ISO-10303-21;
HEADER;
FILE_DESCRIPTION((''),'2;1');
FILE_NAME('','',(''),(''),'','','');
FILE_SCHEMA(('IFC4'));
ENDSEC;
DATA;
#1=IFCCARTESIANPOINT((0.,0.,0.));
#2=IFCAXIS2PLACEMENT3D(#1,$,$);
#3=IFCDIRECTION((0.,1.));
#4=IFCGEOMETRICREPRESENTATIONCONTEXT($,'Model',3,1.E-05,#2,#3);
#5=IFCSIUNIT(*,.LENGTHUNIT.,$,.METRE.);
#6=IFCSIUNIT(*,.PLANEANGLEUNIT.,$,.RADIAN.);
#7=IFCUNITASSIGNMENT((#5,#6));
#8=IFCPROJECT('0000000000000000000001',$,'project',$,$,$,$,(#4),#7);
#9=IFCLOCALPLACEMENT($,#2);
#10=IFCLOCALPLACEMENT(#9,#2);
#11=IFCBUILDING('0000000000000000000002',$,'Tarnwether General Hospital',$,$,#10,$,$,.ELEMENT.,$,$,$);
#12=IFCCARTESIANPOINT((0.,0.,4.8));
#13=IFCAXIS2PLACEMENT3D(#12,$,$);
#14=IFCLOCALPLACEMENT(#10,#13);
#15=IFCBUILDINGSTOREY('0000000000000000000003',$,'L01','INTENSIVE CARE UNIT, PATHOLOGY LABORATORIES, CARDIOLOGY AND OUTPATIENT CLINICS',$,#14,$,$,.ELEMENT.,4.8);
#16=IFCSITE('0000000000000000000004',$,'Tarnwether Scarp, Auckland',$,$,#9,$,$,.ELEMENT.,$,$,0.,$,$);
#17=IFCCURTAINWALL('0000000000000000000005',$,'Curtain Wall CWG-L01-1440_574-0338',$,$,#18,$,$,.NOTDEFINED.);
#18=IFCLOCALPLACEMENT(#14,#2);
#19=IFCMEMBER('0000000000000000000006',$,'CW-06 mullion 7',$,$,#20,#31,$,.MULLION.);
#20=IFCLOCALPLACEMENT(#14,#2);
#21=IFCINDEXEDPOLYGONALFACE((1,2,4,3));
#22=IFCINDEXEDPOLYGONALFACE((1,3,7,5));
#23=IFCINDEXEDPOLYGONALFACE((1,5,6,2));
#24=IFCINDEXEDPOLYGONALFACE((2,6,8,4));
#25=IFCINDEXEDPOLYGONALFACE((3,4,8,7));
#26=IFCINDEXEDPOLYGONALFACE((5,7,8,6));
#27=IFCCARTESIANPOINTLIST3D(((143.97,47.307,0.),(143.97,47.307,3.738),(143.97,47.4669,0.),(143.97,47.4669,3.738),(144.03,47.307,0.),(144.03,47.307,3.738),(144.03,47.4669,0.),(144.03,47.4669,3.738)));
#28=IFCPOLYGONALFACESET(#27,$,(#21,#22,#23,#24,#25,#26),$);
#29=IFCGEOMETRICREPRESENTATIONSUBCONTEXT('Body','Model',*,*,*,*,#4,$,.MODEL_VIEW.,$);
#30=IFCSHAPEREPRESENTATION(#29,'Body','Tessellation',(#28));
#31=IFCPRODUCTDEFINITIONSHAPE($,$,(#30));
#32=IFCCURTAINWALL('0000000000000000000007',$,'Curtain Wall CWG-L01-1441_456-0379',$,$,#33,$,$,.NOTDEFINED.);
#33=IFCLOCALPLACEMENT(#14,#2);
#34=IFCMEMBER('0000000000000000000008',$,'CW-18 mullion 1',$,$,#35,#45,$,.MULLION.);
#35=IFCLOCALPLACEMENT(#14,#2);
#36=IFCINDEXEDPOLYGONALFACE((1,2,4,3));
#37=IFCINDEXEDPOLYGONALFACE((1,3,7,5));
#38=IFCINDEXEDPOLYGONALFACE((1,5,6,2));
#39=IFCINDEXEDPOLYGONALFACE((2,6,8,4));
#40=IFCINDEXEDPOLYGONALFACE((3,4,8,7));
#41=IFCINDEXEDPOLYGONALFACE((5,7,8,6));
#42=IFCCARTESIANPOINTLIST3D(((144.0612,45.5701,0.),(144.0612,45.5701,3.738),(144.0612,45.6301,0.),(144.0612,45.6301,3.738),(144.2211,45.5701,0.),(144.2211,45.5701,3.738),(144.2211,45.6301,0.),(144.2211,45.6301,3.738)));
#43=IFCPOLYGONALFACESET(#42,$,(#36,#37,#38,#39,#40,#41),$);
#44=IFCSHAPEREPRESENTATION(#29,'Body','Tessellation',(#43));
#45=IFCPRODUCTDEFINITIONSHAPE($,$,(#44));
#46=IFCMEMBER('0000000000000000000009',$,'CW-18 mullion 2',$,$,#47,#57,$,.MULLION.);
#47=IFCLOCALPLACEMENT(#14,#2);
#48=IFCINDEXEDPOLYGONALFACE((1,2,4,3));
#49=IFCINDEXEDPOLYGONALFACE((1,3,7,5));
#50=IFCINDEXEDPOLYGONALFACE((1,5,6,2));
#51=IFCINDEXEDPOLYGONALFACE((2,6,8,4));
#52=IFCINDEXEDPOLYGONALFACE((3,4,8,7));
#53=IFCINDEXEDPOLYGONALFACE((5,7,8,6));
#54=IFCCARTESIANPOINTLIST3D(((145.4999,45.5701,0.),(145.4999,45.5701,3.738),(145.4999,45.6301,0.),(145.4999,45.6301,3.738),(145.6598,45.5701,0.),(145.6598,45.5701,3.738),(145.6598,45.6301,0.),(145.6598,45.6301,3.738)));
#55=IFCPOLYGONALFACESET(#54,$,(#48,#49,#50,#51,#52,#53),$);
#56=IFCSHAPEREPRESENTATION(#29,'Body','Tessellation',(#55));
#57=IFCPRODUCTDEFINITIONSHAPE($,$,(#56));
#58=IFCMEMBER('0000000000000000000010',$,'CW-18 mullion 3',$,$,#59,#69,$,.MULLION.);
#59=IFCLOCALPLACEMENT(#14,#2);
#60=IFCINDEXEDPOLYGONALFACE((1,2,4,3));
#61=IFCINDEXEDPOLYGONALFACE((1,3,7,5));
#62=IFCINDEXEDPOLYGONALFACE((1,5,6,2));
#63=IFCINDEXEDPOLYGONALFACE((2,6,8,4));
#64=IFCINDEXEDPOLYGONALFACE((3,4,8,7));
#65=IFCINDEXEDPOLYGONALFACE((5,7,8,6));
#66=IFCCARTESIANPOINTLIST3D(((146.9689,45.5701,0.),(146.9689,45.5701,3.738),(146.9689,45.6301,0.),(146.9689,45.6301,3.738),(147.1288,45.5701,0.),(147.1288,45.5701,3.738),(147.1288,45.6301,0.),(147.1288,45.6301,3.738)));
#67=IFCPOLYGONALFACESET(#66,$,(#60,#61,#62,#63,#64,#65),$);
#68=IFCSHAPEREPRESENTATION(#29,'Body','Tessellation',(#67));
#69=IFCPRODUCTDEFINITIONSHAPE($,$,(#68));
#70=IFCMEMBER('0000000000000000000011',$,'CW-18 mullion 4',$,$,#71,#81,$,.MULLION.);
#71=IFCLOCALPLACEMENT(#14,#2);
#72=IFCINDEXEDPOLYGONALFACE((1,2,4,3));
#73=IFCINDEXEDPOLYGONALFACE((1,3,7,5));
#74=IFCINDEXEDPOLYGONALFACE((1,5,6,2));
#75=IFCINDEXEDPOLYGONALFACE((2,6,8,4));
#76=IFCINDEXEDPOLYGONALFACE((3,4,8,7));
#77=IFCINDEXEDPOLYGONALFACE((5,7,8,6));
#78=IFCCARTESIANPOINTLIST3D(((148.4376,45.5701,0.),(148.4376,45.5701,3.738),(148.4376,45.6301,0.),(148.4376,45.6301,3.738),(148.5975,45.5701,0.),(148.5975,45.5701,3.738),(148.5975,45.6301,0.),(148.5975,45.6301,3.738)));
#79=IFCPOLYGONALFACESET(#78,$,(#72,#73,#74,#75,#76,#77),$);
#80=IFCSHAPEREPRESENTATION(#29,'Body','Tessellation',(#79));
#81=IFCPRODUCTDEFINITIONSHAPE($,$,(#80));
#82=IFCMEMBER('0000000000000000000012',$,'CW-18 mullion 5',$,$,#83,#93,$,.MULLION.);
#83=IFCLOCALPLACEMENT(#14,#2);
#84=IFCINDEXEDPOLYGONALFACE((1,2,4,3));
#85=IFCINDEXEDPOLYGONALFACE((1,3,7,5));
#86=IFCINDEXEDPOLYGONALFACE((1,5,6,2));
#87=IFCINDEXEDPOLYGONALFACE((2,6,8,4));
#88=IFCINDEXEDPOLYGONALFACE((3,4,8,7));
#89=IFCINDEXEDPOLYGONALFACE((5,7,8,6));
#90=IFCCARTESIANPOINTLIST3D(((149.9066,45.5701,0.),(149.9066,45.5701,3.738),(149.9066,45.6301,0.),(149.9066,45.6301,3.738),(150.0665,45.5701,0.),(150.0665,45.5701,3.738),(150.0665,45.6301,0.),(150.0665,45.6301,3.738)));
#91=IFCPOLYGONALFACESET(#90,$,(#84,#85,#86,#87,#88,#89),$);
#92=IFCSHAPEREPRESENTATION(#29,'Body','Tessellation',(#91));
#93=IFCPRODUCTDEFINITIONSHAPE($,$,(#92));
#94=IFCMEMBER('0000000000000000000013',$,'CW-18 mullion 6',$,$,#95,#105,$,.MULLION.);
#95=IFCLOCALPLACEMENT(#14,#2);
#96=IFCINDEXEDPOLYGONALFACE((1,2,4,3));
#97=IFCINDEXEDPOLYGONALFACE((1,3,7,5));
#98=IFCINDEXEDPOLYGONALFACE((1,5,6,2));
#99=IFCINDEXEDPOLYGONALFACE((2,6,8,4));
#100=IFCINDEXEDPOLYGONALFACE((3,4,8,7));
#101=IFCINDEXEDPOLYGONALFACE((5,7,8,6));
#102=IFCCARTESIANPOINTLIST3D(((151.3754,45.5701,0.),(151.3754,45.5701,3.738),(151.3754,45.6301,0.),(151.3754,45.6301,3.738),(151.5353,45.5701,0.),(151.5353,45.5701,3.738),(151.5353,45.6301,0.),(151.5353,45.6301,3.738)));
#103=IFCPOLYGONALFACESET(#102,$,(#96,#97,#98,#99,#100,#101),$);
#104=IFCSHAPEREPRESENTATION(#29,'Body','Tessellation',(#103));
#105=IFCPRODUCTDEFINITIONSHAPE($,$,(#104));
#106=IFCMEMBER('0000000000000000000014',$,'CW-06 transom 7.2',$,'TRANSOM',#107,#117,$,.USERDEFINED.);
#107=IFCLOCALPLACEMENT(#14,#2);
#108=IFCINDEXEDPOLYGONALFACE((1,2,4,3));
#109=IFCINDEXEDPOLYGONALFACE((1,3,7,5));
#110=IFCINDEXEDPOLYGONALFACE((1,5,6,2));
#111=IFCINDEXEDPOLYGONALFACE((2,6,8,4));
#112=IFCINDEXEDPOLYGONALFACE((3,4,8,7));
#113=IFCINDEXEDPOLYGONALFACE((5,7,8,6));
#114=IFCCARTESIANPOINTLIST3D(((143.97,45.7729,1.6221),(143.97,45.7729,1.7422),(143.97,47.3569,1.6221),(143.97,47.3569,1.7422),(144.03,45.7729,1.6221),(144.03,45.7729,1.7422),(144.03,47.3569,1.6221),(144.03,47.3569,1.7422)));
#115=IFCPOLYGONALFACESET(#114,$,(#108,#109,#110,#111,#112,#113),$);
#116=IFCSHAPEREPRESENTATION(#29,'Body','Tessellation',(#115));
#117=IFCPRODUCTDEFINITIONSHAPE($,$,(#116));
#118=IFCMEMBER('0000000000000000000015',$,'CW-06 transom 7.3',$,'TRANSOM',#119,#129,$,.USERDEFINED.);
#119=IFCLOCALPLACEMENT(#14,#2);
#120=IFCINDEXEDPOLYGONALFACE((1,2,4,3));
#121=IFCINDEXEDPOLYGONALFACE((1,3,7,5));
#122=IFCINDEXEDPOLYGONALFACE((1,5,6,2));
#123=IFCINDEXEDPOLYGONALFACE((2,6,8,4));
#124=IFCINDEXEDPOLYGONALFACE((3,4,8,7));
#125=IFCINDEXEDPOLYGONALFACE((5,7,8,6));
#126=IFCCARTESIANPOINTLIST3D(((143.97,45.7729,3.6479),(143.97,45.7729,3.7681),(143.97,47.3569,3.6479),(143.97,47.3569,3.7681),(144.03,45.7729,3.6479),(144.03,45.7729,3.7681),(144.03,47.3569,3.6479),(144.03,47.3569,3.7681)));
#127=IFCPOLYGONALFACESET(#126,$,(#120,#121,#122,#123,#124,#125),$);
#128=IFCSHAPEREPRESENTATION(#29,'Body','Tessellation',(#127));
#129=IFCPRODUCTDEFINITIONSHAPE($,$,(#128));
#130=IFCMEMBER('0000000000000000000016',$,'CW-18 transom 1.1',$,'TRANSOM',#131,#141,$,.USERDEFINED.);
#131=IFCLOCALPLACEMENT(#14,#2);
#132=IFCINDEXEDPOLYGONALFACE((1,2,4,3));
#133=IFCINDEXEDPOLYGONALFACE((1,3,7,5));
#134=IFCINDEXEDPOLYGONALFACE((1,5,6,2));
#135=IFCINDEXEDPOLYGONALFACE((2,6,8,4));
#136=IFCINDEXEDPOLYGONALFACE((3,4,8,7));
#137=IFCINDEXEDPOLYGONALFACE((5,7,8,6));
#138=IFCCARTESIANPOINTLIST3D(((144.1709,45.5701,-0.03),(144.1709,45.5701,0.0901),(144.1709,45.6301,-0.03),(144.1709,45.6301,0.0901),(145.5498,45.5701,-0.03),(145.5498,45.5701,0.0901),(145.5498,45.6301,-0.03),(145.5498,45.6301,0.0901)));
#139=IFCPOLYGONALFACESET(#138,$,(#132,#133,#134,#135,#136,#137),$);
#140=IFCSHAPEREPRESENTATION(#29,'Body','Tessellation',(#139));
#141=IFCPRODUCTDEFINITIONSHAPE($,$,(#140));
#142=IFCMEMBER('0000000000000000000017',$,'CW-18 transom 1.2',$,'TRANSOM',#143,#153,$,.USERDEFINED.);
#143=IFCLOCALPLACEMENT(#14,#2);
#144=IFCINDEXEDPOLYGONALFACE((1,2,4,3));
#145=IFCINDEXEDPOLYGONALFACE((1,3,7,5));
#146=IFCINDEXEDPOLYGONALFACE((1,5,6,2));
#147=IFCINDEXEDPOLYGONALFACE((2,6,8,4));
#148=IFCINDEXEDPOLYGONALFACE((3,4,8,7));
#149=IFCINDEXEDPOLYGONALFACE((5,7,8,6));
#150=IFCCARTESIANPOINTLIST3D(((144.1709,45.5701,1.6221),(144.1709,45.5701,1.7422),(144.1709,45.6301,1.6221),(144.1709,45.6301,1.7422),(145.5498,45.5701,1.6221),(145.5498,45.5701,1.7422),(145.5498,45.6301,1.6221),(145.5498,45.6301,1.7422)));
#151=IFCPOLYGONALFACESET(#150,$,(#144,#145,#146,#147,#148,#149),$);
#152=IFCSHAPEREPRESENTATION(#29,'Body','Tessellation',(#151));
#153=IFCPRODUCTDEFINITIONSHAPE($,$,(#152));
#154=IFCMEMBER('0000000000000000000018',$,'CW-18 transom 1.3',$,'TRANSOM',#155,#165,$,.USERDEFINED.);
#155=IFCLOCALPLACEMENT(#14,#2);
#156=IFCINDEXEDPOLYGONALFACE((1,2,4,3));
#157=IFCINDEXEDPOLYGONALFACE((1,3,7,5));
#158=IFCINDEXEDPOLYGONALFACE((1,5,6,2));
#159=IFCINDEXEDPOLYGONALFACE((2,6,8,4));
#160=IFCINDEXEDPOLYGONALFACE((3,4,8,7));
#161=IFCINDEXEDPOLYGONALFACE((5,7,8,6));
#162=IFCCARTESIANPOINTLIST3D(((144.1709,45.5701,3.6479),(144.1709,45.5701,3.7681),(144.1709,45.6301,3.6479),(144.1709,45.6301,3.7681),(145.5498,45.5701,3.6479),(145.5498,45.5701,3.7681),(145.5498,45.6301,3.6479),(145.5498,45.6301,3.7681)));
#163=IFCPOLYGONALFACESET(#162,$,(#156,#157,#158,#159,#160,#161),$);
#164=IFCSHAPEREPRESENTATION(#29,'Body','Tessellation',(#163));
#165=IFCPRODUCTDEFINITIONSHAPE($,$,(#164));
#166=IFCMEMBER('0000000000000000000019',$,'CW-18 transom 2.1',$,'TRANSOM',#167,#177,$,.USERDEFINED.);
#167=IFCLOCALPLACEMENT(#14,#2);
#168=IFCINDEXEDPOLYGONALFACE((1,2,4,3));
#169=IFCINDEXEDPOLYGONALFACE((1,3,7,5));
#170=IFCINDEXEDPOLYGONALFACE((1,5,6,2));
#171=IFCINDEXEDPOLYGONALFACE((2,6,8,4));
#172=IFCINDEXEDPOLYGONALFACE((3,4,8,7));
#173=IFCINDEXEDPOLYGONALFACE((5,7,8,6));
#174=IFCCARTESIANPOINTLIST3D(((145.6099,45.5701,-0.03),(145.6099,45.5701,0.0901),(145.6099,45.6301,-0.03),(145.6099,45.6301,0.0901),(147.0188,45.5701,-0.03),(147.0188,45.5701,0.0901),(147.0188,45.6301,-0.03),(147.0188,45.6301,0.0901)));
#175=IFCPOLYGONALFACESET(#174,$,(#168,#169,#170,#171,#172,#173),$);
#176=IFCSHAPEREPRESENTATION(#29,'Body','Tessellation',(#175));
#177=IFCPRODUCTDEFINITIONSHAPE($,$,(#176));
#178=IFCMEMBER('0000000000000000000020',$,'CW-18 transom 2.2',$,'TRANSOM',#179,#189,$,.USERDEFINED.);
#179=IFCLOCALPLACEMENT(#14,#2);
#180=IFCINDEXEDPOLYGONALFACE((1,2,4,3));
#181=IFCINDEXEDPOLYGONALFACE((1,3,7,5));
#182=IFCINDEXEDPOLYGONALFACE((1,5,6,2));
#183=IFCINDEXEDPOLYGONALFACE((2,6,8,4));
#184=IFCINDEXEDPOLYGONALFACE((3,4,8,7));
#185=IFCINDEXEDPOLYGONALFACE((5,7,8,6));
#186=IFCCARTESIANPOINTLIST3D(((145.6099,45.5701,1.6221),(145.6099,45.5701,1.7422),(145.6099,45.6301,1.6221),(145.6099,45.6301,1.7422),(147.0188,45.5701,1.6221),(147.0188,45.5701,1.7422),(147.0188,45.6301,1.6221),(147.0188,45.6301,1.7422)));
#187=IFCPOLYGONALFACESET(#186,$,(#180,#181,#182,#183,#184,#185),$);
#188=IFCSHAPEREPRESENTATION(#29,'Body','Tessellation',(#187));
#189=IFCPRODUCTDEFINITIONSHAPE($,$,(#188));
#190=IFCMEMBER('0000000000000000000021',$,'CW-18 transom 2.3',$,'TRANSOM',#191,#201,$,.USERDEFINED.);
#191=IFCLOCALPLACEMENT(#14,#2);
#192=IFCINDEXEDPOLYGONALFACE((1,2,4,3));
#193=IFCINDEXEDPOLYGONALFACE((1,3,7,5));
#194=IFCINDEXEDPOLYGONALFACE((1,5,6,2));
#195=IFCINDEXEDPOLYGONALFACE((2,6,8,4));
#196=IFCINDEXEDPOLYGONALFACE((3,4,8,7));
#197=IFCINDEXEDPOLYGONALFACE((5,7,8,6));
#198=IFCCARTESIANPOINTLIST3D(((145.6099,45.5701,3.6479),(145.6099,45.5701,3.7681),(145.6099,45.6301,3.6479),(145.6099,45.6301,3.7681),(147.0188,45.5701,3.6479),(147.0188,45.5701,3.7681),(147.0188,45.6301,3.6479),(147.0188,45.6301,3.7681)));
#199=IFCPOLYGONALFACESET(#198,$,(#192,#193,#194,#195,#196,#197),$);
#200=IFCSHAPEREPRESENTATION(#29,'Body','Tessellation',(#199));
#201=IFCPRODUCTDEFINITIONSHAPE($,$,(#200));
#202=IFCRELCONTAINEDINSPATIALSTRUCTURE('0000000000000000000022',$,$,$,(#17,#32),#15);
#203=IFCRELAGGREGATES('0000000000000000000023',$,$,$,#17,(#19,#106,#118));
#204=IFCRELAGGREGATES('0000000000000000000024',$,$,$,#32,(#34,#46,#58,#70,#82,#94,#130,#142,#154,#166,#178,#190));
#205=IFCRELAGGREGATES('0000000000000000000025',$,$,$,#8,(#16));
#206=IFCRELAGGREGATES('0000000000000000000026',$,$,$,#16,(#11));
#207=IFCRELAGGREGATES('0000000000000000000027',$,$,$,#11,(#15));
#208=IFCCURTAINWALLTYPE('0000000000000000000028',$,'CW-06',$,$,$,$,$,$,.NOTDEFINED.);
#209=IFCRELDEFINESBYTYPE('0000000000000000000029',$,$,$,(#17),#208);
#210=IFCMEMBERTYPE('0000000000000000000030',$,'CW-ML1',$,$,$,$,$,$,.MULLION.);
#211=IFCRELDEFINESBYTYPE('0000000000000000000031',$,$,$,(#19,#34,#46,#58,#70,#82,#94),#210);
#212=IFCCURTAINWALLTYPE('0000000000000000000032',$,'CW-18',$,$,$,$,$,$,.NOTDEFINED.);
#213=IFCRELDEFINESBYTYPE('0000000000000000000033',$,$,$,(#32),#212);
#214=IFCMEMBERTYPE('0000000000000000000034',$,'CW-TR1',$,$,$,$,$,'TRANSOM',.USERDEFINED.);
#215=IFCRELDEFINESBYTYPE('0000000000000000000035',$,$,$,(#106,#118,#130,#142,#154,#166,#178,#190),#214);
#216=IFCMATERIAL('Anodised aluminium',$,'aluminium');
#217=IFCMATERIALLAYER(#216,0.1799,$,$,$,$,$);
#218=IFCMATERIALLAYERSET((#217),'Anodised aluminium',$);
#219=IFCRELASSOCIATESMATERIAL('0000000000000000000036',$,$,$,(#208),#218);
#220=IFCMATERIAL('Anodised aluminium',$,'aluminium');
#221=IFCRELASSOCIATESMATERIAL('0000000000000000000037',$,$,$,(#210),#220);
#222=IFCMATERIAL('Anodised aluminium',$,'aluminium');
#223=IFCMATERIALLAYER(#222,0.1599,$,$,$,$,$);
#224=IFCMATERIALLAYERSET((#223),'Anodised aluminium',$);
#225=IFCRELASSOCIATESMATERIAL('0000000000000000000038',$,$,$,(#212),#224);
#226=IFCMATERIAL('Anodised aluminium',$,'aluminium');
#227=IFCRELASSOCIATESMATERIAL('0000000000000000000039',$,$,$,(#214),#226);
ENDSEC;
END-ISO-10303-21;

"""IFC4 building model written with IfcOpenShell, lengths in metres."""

from ifc_helpers import new_model, si_unit, direction, frame, origin, origin_2d, place, context, subcontext, project, spatial, rectangle, extrude, material, layer, layer_set, material_profile, profile_set, type_object, element, aggregate, save


model = new_model("IFC4")

# Units and contexts
model_context = context("Model", 3, precision=1e-05, world=origin(), true_north=direction((0.0, 1.0)))
body_context = subcontext(model_context, "Body", "Model", "MODEL_VIEW")
ifc_project = project(units=[si_unit("LENGTHUNIT", "METRE"), si_unit("PLANEANGLEUNIT", "RADIAN")], contexts=[model_context])

# Site, building, storey
site_placement = place(None, origin())
site = spatial("IfcSite", under=ifc_project, at=site_placement, Name="Tarnwether Scarp, Auckland", CompositionType="ELEMENT", RefElevation=0.0)
building_placement = place(site_placement, origin())
building = spatial("IfcBuilding", under=site, at=building_placement, Name="Tarnwether General Hospital", CompositionType="ELEMENT")
storey_placement = place(building_placement, frame((0.0, 0.0, 4.8)))
storey = spatial("IfcBuildingStorey", under=building, at=storey_placement, Name="L01", Description="INTENSIVE CARE UNIT, PATHOLOGY LABORATORIES, CARDIOLOGY AND OUTPATIENT CLINICS", CompositionType="ELEMENT", Elevation=4.8)

# Curtain wall, member
ifc_material_1 = material(Name="Anodised aluminium", Category="aluminium")
ifc_layer_1 = layer(ifc_material_1, 0.1799)
ifc_layer_set_1 = layer_set([ifc_layer_1], Name="Anodised aluminium")
curtain_wall_type_1 = type_object("IfcCurtainWallType", Name="CW-06", PredefinedType="NOTDEFINED", material=ifc_layer_set_1)
curtain_wall_1_placement = place(storey_placement, origin())
curtain_wall_1 = element("IfcCurtainWall", 1, at=curtain_wall_1_placement, inside=storey, type_object=curtain_wall_type_1, Name="Curtain Wall CWG-L01-1440_574-0338", PredefinedType="NOTDEFINED")
ifc_material_2 = material(Name="Anodised aluminium", Category="aluminium")
ifc_material_profile_1 = material_profile(ifc_material_2, rectangle(XDim=0.0601, YDim=0.1599, at=origin_2d()), Name="ALU-MUL-60x160")
ifc_profile_set_1 = profile_set([ifc_material_profile_1], Name="Anodised aluminium")
member_type_1 = type_object("IfcMemberType", Name="CW-ML1", PredefinedType="MULLION", material=ifc_profile_set_1)
member_1_placement = place(storey_placement, frame((144.0, 47.387, 0.0), z_axis=(0.0, 0.0, 1.0), x_axis=(1.0, 0.0, 0.0)))
member_1 = element("IfcMember", 2, at=member_1_placement, type_object=member_type_1, Name="CW-06 mullion 7", PredefinedType="MULLION", context=body_context, shape_type="SweptSolid", body=[
    extrude(rectangle(XDim=0.0601, YDim=0.1599, at=origin_2d()), origin(), (0.0, 0.0, 1.0), 3.738),
])

# Curtain wall, members
ifc_material_3 = material(Name="Anodised aluminium", Category="aluminium")
ifc_layer_2 = layer(ifc_material_3, 0.1599)
ifc_layer_set_2 = layer_set([ifc_layer_2], Name="Anodised aluminium")
curtain_wall_type_2 = type_object("IfcCurtainWallType", Name="CW-18", PredefinedType="NOTDEFINED", material=ifc_layer_set_2)
curtain_wall_2_placement = place(storey_placement, origin())
curtain_wall_2 = element("IfcCurtainWall", 3, at=curtain_wall_2_placement, inside=storey, type_object=curtain_wall_type_2, Name="Curtain Wall CWG-L01-1441_456-0379", PredefinedType="NOTDEFINED")
member_2_placement = place(storey_placement, frame((144.1411, 45.6001, 0.0), z_axis=(0.0, 0.0, 1.0), x_axis=(0.0, 1.0, 0.0)))
member_2 = element("IfcMember", 4, at=member_2_placement, type_object=member_type_1, Name="CW-18 mullion 1", PredefinedType="MULLION", context=body_context, shape_type="SweptSolid", body=[
    extrude(rectangle(XDim=0.0601, YDim=0.1599, at=origin_2d()), origin(), (0.0, 0.0, 1.0), 3.738),
])
member_3_placement = place(storey_placement, frame((145.5798, 45.6001, 0.0), z_axis=(0.0, 0.0, 1.0), x_axis=(0.0, 1.0, 0.0)))
member_3 = element("IfcMember", 5, at=member_3_placement, type_object=member_type_1, Name="CW-18 mullion 2", PredefinedType="MULLION", context=body_context, shape_type="SweptSolid", body=[
    extrude(rectangle(XDim=0.0601, YDim=0.1599, at=origin_2d()), origin(), (0.0, 0.0, 1.0), 3.738),
])
member_4_placement = place(storey_placement, frame((147.0488, 45.6001, 0.0), z_axis=(0.0, 0.0, 1.0), x_axis=(0.0, 1.0, 0.0)))
member_4 = element("IfcMember", 6, at=member_4_placement, type_object=member_type_1, Name="CW-18 mullion 3", PredefinedType="MULLION", context=body_context, shape_type="SweptSolid", body=[
    extrude(rectangle(XDim=0.0601, YDim=0.1599, at=origin_2d()), origin(), (0.0, 0.0, 1.0), 3.738),
])
member_5_placement = place(storey_placement, frame((148.5176, 45.6001, 0.0), z_axis=(0.0, 0.0, 1.0), x_axis=(0.0, 1.0, 0.0)))
member_5 = element("IfcMember", 7, at=member_5_placement, type_object=member_type_1, Name="CW-18 mullion 4", PredefinedType="MULLION", context=body_context, shape_type="SweptSolid", body=[
    extrude(rectangle(XDim=0.0601, YDim=0.1599, at=origin_2d()), origin(), (0.0, 0.0, 1.0), 3.738),
])
member_6_placement = place(storey_placement, frame((149.9866, 45.6001, 0.0), z_axis=(0.0, 0.0, 1.0), x_axis=(0.0, 1.0, 0.0)))
member_6 = element("IfcMember", 8, at=member_6_placement, type_object=member_type_1, Name="CW-18 mullion 5", PredefinedType="MULLION", context=body_context, shape_type="SweptSolid", body=[
    extrude(rectangle(XDim=0.0601, YDim=0.1599, at=origin_2d()), origin(), (0.0, 0.0, 1.0), 3.738),
])
member_7_placement = place(storey_placement, frame((151.4553, 45.6001, 0.0), z_axis=(0.0, 0.0, 1.0), x_axis=(0.0, 1.0, 0.0)))
member_7 = element("IfcMember", 9, at=member_7_placement, type_object=member_type_1, Name="CW-18 mullion 6", PredefinedType="MULLION", context=body_context, shape_type="SweptSolid", body=[
    extrude(rectangle(XDim=0.0601, YDim=0.1599, at=origin_2d()), origin(), (0.0, 0.0, 1.0), 3.738),
])

# Members
ifc_material_4 = material(Name="Anodised aluminium", Category="aluminium")
ifc_material_profile_2 = material_profile(ifc_material_4, rectangle(XDim=0.0601, YDim=0.1201, at=origin_2d()), Name="ALU-TRN-60x120")
ifc_profile_set_2 = profile_set([ifc_material_profile_2], Name="Anodised aluminium")
member_type_2 = type_object("IfcMemberType", Name="CW-TR1", ElementType="TRANSOM", PredefinedType="USERDEFINED", material=ifc_profile_set_2)
member_8_placement = place(storey_placement, frame((144.0, 47.3569, 1.6821), z_axis=(0.0, -1.0, 0.0), x_axis=(1.0, 0.0, 0.0)))
member_8 = element("IfcMember", 10, at=member_8_placement, type_object=member_type_2, Name="CW-06 transom 7.2", ObjectType="TRANSOM", PredefinedType="USERDEFINED", context=body_context, shape_type="SweptSolid", body=[
    extrude(rectangle(XDim=0.0601, YDim=0.1201, at=origin_2d()), origin(), (0.0, 0.0, 1.0), 1.584),
])
member_9_placement = place(storey_placement, frame((144.0, 47.3569, 3.708), z_axis=(0.0, -1.0, 0.0), x_axis=(1.0, 0.0, 0.0)))
member_9 = element("IfcMember", 11, at=member_9_placement, type_object=member_type_2, Name="CW-06 transom 7.3", ObjectType="TRANSOM", PredefinedType="USERDEFINED", context=body_context, shape_type="SweptSolid", body=[
    extrude(rectangle(XDim=0.0601, YDim=0.1201, at=origin_2d()), origin(), (0.0, 0.0, 1.0), 1.584),
])
member_10_placement = place(storey_placement, frame((144.1709, 45.6001, 0.03), z_axis=(1.0, 0.0, 0.0), x_axis=(0.0, 1.0, 0.0)))
member_10 = element("IfcMember", 12, at=member_10_placement, type_object=member_type_2, Name="CW-18 transom 1.1", ObjectType="TRANSOM", PredefinedType="USERDEFINED", context=body_context, shape_type="SweptSolid", body=[
    extrude(rectangle(XDim=0.0601, YDim=0.1201, at=origin_2d()), origin(), (0.0, 0.0, 1.0), 1.3789),
])
member_11_placement = place(storey_placement, frame((144.1709, 45.6001, 1.6821), z_axis=(1.0, 0.0, 0.0), x_axis=(0.0, 1.0, 0.0)))
member_11 = element("IfcMember", 13, at=member_11_placement, type_object=member_type_2, Name="CW-18 transom 1.2", ObjectType="TRANSOM", PredefinedType="USERDEFINED", context=body_context, shape_type="SweptSolid", body=[
    extrude(rectangle(XDim=0.0601, YDim=0.1201, at=origin_2d()), origin(), (0.0, 0.0, 1.0), 1.3789),
])
member_12_placement = place(storey_placement, frame((144.1709, 45.6001, 3.708), z_axis=(1.0, 0.0, 0.0), x_axis=(0.0, 1.0, 0.0)))
member_12 = element("IfcMember", 14, at=member_12_placement, type_object=member_type_2, Name="CW-18 transom 1.3", ObjectType="TRANSOM", PredefinedType="USERDEFINED", context=body_context, shape_type="SweptSolid", body=[
    extrude(rectangle(XDim=0.0601, YDim=0.1201, at=origin_2d()), origin(), (0.0, 0.0, 1.0), 1.3789),
])
member_13_placement = place(storey_placement, frame((145.6099, 45.6001, 0.03), z_axis=(1.0, 0.0, 0.0), x_axis=(0.0, 1.0, 0.0)))
member_13 = element("IfcMember", 15, at=member_13_placement, type_object=member_type_2, Name="CW-18 transom 2.1", ObjectType="TRANSOM", PredefinedType="USERDEFINED", context=body_context, shape_type="SweptSolid", body=[
    extrude(rectangle(XDim=0.0601, YDim=0.1201, at=origin_2d()), origin(), (0.0, 0.0, 1.0), 1.4089),
])
member_14_placement = place(storey_placement, frame((145.6099, 45.6001, 1.6821), z_axis=(1.0, 0.0, 0.0), x_axis=(0.0, 1.0, 0.0)))
member_14 = element("IfcMember", 16, at=member_14_placement, type_object=member_type_2, Name="CW-18 transom 2.2", ObjectType="TRANSOM", PredefinedType="USERDEFINED", context=body_context, shape_type="SweptSolid", body=[
    extrude(rectangle(XDim=0.0601, YDim=0.1201, at=origin_2d()), origin(), (0.0, 0.0, 1.0), 1.4089),
])
member_15_placement = place(storey_placement, frame((145.6099, 45.6001, 3.708), z_axis=(1.0, 0.0, 0.0), x_axis=(0.0, 1.0, 0.0)))
member_15 = element("IfcMember", 17, at=member_15_placement, type_object=member_type_2, Name="CW-18 transom 2.3", ObjectType="TRANSOM", PredefinedType="USERDEFINED", context=body_context, shape_type="SweptSolid", body=[
    extrude(rectangle(XDim=0.0601, YDim=0.1201, at=origin_2d()), origin(), (0.0, 0.0, 1.0), 1.4089),
])

aggregate(curtain_wall_1, [member_1, member_8, member_9])
aggregate(curtain_wall_2, [member_2, member_3, member_4, member_5, member_6, member_7, member_10, member_11, member_12, member_13, member_14, member_15])

save(model, "model.ifc")
